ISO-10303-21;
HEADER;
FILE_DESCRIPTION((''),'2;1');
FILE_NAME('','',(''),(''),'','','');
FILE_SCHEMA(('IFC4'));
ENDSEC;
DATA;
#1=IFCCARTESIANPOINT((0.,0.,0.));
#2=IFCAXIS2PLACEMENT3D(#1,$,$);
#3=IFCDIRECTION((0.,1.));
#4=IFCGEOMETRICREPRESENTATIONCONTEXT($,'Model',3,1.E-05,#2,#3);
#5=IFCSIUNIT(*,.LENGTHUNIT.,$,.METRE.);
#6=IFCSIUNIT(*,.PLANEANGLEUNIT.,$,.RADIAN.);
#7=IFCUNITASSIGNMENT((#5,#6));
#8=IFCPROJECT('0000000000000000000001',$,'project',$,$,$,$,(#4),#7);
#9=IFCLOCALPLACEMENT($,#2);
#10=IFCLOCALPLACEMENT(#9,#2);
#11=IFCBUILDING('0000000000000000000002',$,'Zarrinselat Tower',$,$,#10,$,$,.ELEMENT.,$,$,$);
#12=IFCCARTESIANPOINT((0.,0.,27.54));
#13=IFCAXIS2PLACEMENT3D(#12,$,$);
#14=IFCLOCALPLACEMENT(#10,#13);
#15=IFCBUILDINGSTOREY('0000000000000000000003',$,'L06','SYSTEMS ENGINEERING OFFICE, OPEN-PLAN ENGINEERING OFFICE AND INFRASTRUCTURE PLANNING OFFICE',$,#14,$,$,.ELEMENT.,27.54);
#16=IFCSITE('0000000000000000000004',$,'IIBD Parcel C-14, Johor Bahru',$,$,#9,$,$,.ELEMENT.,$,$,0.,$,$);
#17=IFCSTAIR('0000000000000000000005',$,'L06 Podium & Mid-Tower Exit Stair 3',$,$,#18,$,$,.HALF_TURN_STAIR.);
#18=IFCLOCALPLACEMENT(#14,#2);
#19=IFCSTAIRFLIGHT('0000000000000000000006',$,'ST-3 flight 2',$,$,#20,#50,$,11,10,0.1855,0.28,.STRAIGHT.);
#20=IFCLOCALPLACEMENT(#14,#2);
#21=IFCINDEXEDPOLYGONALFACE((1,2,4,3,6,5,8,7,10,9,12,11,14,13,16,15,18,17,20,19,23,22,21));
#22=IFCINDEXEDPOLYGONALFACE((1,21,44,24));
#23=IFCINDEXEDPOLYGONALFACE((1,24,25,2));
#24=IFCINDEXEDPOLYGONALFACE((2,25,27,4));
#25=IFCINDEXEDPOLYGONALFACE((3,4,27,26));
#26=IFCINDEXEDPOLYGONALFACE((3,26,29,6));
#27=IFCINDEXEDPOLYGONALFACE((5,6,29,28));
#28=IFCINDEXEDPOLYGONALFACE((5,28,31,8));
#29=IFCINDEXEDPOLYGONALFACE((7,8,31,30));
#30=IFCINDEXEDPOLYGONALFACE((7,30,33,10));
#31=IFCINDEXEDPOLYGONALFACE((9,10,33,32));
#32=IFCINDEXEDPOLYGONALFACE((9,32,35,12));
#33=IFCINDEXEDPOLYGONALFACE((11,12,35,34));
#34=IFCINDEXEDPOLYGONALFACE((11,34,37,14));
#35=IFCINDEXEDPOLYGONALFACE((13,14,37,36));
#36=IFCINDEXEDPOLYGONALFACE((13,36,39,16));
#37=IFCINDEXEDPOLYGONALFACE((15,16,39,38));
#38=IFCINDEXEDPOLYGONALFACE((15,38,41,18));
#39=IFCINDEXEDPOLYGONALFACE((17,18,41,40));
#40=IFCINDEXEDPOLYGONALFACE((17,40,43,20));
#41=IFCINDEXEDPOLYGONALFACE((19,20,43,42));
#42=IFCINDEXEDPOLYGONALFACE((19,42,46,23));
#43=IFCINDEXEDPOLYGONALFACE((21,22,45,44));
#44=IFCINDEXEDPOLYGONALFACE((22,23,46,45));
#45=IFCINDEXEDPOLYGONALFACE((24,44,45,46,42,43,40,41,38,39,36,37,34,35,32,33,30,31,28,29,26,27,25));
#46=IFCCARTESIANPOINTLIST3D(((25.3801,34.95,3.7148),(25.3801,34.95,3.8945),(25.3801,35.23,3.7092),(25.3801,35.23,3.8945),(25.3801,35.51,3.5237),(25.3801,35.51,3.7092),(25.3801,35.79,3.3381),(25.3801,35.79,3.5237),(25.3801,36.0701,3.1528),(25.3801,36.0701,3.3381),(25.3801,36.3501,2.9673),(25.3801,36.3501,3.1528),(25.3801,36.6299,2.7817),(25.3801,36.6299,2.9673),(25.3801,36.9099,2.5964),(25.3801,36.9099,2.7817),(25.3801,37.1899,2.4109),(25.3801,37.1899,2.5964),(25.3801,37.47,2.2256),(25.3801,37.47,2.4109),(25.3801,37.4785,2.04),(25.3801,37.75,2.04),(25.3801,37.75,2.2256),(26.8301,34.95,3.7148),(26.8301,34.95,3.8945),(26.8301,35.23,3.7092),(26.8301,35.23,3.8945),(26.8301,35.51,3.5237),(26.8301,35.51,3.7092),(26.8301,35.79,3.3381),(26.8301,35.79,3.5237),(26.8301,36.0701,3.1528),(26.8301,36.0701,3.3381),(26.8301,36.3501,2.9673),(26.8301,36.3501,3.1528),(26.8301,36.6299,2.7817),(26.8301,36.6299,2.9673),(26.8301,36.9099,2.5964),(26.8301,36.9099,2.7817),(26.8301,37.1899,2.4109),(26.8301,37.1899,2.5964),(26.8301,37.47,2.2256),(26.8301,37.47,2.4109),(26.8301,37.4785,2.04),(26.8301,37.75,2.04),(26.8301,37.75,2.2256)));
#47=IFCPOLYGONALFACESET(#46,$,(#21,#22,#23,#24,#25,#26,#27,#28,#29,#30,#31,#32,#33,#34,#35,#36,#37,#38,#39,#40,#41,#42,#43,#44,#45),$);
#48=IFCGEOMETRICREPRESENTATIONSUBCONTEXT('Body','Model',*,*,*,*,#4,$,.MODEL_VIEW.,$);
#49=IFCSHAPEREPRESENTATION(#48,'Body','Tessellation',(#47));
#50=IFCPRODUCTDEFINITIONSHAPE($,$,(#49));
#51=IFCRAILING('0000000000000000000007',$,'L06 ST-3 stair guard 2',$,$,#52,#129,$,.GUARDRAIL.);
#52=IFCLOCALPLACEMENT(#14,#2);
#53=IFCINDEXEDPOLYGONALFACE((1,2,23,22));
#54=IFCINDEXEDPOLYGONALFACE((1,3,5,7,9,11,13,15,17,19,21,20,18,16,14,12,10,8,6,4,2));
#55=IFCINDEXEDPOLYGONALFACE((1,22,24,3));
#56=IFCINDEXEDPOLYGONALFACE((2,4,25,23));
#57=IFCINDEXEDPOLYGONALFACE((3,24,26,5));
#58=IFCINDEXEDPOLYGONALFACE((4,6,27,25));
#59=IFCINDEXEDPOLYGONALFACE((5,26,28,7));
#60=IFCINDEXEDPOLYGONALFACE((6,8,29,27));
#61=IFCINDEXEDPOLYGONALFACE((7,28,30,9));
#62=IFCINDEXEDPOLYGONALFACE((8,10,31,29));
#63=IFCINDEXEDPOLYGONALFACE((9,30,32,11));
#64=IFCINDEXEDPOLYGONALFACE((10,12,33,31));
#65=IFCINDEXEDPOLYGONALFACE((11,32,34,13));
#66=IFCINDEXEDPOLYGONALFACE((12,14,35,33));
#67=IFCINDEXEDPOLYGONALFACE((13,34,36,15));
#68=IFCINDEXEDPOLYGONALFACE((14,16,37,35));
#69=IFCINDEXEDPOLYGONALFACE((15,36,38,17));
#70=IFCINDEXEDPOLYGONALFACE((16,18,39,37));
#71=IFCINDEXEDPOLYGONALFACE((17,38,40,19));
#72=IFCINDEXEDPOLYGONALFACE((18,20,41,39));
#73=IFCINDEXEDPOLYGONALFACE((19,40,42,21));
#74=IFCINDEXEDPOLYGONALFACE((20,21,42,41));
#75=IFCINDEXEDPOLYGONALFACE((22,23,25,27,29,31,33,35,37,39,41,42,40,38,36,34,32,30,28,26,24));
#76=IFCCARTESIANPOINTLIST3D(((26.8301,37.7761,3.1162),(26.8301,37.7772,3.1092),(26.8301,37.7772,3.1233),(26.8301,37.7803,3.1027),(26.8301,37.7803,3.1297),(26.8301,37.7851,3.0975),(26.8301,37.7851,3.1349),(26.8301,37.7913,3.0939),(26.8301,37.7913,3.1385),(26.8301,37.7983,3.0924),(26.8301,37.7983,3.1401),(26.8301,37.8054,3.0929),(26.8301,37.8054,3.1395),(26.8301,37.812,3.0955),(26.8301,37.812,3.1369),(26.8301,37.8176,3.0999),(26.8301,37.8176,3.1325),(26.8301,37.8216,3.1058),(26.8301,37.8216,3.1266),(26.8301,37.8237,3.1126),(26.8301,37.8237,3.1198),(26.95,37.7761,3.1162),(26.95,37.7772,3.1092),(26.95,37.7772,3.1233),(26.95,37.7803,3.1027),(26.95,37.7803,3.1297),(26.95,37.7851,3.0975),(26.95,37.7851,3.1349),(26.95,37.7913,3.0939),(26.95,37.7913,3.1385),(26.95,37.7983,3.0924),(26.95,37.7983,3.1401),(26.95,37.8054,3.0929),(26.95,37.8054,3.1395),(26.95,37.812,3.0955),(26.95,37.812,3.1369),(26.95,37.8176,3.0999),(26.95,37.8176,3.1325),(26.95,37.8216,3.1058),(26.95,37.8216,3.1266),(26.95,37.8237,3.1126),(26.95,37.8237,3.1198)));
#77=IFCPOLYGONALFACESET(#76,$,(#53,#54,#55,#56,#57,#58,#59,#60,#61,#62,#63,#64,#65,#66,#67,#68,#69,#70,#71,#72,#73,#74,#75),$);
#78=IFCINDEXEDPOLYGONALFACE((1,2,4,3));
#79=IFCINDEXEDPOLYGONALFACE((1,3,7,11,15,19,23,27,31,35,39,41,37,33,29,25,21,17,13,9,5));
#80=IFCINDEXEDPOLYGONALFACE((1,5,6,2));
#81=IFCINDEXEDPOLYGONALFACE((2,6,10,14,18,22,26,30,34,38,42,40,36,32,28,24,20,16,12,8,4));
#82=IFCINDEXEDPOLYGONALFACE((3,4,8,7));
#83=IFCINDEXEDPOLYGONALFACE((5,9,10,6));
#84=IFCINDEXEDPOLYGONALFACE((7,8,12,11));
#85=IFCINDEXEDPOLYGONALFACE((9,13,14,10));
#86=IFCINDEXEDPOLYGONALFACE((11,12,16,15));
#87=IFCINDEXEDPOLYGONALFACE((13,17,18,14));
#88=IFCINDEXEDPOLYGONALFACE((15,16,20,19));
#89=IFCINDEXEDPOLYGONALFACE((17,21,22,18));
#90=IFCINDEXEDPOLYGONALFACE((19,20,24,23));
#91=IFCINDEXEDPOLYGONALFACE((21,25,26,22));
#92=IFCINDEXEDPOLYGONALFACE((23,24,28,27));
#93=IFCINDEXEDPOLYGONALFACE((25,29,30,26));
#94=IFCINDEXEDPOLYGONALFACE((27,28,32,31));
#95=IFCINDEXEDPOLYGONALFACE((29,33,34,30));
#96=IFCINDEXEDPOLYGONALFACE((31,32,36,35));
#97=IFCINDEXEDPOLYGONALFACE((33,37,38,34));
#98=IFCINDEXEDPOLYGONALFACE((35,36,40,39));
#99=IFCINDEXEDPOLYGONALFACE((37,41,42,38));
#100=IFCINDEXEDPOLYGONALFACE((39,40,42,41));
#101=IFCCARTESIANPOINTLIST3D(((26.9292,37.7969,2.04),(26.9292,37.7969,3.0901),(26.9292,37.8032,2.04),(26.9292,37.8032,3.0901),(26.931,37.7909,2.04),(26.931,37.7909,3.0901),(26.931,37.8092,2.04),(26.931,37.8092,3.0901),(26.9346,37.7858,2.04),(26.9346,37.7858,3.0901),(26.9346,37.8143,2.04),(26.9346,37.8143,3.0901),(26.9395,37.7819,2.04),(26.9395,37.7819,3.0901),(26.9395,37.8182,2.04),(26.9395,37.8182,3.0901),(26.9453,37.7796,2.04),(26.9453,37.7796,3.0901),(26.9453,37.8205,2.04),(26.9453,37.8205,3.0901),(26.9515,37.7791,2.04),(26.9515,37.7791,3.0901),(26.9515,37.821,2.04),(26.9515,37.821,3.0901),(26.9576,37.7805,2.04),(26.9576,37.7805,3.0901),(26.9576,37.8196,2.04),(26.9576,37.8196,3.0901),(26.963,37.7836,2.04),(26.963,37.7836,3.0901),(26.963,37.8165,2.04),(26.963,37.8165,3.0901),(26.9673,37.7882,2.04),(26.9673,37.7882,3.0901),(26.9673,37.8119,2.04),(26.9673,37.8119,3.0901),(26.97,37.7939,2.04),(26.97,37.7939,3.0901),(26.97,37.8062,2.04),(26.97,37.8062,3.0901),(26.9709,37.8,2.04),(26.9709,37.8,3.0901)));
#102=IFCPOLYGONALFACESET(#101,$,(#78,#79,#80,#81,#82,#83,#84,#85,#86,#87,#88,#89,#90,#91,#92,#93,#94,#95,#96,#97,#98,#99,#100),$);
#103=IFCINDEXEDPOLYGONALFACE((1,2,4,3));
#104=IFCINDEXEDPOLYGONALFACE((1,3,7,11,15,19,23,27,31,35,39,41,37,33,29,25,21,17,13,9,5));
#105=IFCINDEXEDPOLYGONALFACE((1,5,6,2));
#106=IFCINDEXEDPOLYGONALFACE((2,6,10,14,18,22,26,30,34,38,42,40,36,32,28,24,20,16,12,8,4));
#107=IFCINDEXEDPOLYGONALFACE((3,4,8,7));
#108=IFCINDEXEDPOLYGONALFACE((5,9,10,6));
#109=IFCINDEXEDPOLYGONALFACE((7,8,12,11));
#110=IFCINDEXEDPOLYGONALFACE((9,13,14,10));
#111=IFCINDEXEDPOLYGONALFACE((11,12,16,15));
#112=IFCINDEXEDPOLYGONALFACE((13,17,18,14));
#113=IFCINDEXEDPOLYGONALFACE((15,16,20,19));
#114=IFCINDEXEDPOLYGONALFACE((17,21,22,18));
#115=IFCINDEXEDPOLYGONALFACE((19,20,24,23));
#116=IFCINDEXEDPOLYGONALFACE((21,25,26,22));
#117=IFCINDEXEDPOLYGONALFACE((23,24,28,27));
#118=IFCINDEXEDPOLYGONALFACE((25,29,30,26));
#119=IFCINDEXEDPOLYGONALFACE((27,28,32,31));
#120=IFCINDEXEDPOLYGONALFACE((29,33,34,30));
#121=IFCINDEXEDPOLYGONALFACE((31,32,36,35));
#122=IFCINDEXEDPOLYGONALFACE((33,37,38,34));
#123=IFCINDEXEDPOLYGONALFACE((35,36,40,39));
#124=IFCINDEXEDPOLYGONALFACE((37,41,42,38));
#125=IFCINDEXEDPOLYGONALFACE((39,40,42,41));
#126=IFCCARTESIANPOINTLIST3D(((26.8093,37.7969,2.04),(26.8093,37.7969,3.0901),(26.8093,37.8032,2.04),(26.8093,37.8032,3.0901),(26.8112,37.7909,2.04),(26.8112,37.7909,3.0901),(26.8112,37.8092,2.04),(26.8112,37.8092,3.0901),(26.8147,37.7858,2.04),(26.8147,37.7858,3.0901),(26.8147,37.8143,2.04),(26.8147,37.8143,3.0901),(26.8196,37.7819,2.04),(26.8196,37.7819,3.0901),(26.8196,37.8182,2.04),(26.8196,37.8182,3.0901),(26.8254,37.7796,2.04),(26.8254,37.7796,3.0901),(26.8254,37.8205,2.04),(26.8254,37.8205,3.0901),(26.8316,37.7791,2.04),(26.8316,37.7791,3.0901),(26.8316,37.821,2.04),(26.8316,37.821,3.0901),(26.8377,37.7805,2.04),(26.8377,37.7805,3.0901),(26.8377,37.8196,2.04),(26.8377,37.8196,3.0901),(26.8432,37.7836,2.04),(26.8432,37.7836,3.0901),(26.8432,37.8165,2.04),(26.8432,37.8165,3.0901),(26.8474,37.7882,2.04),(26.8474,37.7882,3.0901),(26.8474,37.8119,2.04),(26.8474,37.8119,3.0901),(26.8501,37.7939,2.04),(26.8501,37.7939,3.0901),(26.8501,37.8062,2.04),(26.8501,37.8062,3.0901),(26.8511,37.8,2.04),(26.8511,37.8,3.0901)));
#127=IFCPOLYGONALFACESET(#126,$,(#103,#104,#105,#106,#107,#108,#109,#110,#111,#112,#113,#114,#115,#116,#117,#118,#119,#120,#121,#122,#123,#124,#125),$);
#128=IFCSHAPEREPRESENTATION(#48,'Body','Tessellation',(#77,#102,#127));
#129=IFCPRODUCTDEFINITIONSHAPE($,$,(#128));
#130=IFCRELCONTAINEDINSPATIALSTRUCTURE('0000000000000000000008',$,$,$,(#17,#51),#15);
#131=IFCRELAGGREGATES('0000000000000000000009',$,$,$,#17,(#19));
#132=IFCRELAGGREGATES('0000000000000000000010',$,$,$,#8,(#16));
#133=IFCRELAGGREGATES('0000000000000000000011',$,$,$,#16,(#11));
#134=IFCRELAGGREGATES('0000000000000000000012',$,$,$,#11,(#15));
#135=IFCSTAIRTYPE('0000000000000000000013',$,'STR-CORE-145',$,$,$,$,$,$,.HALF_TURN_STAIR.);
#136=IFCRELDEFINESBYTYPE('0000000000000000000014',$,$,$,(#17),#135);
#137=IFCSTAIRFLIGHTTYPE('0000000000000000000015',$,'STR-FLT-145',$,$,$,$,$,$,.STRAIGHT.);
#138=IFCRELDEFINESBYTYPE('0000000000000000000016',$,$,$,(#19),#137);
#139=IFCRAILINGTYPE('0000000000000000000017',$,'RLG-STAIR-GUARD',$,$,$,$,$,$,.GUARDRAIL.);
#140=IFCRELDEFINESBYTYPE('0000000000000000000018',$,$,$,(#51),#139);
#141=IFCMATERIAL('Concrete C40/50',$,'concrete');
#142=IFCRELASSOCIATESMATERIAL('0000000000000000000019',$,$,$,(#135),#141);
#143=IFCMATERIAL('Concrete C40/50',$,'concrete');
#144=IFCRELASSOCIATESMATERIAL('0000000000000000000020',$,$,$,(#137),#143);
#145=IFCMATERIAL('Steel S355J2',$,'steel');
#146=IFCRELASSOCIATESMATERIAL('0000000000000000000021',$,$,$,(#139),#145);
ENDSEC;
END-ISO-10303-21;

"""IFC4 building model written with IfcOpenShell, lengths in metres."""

from ifc_helpers import new_model, si_unit, direction, frame, origin, origin_2d, place, context, subcontext, project, spatial, polyline, circle, outline, extrude, material, type_object, element, aggregate, save


model = new_model("IFC4")

# Units and contexts
model_context = context("Model", 3, precision=1e-05, world=origin(), true_north=direction((0.0, 1.0)))
body_context = subcontext(model_context, "Body", "Model", "MODEL_VIEW")
ifc_project = project(units=[si_unit("LENGTHUNIT", "METRE"), si_unit("PLANEANGLEUNIT", "RADIAN")], contexts=[model_context])

# Site, building, storey
site_placement = place(None, origin())
site = spatial("IfcSite", under=ifc_project, at=site_placement, Name="IIBD Parcel C-14, Johor Bahru", CompositionType="ELEMENT", RefElevation=0.0)
building_placement = place(site_placement, origin())
building = spatial("IfcBuilding", under=site, at=building_placement, Name="Zarrinselat Tower", CompositionType="ELEMENT")
storey_placement = place(building_placement, frame((0.0, 0.0, 27.54)))
storey = spatial("IfcBuildingStorey", under=building, at=storey_placement, Name="L06", Description="SYSTEMS ENGINEERING OFFICE, OPEN-PLAN ENGINEERING OFFICE AND INFRASTRUCTURE PLANNING OFFICE", CompositionType="ELEMENT", Elevation=27.54)

# Stair, stair flight
ifc_material_1 = material(Name="Concrete C40/50", Category="concrete")
stair_type = type_object("IfcStairType", Name="STR-CORE-145", PredefinedType="HALF_TURN_STAIR", material=ifc_material_1)
stair_placement = place(storey_placement, origin())
stair = element("IfcStair", 1, at=stair_placement, inside=storey, type_object=stair_type, Name="L06 Podium & Mid-Tower Exit Stair 3", PredefinedType="HALF_TURN_STAIR")
ifc_material_2 = material(Name="Concrete C40/50", Category="concrete")
stair_flight_type = type_object("IfcStairFlightType", Name="STR-FLT-145", PredefinedType="STRAIGHT", material=ifc_material_2)
stair_flight_placement = place(storey_placement, frame((26.105, 37.75, 2.04), z_axis=(0.0, 0.0, 1.0), x_axis=(0.0, -1.0, 0.0)))
stair_flight = element("IfcStairFlight", 2, at=stair_flight_placement, type_object=stair_flight_type, Name="ST-3 flight 2", NumberOfRisers=11, NumberOfTreads=10, PredefinedType="STRAIGHT", RiserHeight=0.1855, TreadLength=0.28, context=body_context, shape_type="SweptSolid", body=[
    extrude(outline(polyline([(0.0, 0.0), (0.0, 0.1855), (0.28, 0.1855), (0.28, 0.3708), (0.5601, 0.3708), (0.5601, 0.5564), (0.8401, 0.5564), (0.8401, 0.7417), (1.1201, 0.7417), (1.1201, 0.9272), (1.3999, 0.9272), (1.3999, 1.1128), (1.6799, 1.1128), (1.6799, 1.2981), (1.96, 1.2981), (1.96, 1.4836), (2.24, 1.4836), (2.24, 1.6692), (2.52, 1.6692), (2.52, 1.8545), (2.8, 1.8545), (2.8, 2.04), (2.8, 1.6748), (0.2715, 0.0), (0.0, 0.0)])), frame((0.0, 0.7251, 0.0), z_axis=(0.0, -1.0, 0.0), x_axis=(1.0, 0.0, 0.0)), (0.0, 0.0, 1.0), 1.45),
])
aggregate(stair, [stair_flight])

# Railing
ifc_material_3 = material(Name="Steel S355J2", Category="steel")
railing_type_1 = type_object("IfcRailingType", Name="RLG-STAIR-GUARD", PredefinedType="GUARDRAIL", material=ifc_material_3)
railing_1_placement = place(storey_placement, frame((26.95, 37.8, 2.04)))
element("IfcRailing", 3, at=railing_1_placement, inside=storey, type_object=railing_type_1, Name="L06 ST-3 stair guard 2", PredefinedType="GUARDRAIL", context=body_context, shape_type="SweptSolid", body=[
    extrude(circle(Radius=0.0239, at=origin_2d()), frame((0.0, 0.0, 1.0762), z_axis=(-1.0, 0.0, 0.0), x_axis=(0.0, -1.0, 0.0)), (0.0, 0.0, 1.0), 0.1199),
    extrude(circle(Radius=0.021, at=origin_2d()), origin(), (0.0, 0.0, 1.0), 1.05),
    extrude(circle(Radius=0.021, at=origin_2d()), frame((-0.1199, 0.0, 0.0)), (0.0, 0.0, 1.0), 1.05),
])

save(model, "model.ifc")
